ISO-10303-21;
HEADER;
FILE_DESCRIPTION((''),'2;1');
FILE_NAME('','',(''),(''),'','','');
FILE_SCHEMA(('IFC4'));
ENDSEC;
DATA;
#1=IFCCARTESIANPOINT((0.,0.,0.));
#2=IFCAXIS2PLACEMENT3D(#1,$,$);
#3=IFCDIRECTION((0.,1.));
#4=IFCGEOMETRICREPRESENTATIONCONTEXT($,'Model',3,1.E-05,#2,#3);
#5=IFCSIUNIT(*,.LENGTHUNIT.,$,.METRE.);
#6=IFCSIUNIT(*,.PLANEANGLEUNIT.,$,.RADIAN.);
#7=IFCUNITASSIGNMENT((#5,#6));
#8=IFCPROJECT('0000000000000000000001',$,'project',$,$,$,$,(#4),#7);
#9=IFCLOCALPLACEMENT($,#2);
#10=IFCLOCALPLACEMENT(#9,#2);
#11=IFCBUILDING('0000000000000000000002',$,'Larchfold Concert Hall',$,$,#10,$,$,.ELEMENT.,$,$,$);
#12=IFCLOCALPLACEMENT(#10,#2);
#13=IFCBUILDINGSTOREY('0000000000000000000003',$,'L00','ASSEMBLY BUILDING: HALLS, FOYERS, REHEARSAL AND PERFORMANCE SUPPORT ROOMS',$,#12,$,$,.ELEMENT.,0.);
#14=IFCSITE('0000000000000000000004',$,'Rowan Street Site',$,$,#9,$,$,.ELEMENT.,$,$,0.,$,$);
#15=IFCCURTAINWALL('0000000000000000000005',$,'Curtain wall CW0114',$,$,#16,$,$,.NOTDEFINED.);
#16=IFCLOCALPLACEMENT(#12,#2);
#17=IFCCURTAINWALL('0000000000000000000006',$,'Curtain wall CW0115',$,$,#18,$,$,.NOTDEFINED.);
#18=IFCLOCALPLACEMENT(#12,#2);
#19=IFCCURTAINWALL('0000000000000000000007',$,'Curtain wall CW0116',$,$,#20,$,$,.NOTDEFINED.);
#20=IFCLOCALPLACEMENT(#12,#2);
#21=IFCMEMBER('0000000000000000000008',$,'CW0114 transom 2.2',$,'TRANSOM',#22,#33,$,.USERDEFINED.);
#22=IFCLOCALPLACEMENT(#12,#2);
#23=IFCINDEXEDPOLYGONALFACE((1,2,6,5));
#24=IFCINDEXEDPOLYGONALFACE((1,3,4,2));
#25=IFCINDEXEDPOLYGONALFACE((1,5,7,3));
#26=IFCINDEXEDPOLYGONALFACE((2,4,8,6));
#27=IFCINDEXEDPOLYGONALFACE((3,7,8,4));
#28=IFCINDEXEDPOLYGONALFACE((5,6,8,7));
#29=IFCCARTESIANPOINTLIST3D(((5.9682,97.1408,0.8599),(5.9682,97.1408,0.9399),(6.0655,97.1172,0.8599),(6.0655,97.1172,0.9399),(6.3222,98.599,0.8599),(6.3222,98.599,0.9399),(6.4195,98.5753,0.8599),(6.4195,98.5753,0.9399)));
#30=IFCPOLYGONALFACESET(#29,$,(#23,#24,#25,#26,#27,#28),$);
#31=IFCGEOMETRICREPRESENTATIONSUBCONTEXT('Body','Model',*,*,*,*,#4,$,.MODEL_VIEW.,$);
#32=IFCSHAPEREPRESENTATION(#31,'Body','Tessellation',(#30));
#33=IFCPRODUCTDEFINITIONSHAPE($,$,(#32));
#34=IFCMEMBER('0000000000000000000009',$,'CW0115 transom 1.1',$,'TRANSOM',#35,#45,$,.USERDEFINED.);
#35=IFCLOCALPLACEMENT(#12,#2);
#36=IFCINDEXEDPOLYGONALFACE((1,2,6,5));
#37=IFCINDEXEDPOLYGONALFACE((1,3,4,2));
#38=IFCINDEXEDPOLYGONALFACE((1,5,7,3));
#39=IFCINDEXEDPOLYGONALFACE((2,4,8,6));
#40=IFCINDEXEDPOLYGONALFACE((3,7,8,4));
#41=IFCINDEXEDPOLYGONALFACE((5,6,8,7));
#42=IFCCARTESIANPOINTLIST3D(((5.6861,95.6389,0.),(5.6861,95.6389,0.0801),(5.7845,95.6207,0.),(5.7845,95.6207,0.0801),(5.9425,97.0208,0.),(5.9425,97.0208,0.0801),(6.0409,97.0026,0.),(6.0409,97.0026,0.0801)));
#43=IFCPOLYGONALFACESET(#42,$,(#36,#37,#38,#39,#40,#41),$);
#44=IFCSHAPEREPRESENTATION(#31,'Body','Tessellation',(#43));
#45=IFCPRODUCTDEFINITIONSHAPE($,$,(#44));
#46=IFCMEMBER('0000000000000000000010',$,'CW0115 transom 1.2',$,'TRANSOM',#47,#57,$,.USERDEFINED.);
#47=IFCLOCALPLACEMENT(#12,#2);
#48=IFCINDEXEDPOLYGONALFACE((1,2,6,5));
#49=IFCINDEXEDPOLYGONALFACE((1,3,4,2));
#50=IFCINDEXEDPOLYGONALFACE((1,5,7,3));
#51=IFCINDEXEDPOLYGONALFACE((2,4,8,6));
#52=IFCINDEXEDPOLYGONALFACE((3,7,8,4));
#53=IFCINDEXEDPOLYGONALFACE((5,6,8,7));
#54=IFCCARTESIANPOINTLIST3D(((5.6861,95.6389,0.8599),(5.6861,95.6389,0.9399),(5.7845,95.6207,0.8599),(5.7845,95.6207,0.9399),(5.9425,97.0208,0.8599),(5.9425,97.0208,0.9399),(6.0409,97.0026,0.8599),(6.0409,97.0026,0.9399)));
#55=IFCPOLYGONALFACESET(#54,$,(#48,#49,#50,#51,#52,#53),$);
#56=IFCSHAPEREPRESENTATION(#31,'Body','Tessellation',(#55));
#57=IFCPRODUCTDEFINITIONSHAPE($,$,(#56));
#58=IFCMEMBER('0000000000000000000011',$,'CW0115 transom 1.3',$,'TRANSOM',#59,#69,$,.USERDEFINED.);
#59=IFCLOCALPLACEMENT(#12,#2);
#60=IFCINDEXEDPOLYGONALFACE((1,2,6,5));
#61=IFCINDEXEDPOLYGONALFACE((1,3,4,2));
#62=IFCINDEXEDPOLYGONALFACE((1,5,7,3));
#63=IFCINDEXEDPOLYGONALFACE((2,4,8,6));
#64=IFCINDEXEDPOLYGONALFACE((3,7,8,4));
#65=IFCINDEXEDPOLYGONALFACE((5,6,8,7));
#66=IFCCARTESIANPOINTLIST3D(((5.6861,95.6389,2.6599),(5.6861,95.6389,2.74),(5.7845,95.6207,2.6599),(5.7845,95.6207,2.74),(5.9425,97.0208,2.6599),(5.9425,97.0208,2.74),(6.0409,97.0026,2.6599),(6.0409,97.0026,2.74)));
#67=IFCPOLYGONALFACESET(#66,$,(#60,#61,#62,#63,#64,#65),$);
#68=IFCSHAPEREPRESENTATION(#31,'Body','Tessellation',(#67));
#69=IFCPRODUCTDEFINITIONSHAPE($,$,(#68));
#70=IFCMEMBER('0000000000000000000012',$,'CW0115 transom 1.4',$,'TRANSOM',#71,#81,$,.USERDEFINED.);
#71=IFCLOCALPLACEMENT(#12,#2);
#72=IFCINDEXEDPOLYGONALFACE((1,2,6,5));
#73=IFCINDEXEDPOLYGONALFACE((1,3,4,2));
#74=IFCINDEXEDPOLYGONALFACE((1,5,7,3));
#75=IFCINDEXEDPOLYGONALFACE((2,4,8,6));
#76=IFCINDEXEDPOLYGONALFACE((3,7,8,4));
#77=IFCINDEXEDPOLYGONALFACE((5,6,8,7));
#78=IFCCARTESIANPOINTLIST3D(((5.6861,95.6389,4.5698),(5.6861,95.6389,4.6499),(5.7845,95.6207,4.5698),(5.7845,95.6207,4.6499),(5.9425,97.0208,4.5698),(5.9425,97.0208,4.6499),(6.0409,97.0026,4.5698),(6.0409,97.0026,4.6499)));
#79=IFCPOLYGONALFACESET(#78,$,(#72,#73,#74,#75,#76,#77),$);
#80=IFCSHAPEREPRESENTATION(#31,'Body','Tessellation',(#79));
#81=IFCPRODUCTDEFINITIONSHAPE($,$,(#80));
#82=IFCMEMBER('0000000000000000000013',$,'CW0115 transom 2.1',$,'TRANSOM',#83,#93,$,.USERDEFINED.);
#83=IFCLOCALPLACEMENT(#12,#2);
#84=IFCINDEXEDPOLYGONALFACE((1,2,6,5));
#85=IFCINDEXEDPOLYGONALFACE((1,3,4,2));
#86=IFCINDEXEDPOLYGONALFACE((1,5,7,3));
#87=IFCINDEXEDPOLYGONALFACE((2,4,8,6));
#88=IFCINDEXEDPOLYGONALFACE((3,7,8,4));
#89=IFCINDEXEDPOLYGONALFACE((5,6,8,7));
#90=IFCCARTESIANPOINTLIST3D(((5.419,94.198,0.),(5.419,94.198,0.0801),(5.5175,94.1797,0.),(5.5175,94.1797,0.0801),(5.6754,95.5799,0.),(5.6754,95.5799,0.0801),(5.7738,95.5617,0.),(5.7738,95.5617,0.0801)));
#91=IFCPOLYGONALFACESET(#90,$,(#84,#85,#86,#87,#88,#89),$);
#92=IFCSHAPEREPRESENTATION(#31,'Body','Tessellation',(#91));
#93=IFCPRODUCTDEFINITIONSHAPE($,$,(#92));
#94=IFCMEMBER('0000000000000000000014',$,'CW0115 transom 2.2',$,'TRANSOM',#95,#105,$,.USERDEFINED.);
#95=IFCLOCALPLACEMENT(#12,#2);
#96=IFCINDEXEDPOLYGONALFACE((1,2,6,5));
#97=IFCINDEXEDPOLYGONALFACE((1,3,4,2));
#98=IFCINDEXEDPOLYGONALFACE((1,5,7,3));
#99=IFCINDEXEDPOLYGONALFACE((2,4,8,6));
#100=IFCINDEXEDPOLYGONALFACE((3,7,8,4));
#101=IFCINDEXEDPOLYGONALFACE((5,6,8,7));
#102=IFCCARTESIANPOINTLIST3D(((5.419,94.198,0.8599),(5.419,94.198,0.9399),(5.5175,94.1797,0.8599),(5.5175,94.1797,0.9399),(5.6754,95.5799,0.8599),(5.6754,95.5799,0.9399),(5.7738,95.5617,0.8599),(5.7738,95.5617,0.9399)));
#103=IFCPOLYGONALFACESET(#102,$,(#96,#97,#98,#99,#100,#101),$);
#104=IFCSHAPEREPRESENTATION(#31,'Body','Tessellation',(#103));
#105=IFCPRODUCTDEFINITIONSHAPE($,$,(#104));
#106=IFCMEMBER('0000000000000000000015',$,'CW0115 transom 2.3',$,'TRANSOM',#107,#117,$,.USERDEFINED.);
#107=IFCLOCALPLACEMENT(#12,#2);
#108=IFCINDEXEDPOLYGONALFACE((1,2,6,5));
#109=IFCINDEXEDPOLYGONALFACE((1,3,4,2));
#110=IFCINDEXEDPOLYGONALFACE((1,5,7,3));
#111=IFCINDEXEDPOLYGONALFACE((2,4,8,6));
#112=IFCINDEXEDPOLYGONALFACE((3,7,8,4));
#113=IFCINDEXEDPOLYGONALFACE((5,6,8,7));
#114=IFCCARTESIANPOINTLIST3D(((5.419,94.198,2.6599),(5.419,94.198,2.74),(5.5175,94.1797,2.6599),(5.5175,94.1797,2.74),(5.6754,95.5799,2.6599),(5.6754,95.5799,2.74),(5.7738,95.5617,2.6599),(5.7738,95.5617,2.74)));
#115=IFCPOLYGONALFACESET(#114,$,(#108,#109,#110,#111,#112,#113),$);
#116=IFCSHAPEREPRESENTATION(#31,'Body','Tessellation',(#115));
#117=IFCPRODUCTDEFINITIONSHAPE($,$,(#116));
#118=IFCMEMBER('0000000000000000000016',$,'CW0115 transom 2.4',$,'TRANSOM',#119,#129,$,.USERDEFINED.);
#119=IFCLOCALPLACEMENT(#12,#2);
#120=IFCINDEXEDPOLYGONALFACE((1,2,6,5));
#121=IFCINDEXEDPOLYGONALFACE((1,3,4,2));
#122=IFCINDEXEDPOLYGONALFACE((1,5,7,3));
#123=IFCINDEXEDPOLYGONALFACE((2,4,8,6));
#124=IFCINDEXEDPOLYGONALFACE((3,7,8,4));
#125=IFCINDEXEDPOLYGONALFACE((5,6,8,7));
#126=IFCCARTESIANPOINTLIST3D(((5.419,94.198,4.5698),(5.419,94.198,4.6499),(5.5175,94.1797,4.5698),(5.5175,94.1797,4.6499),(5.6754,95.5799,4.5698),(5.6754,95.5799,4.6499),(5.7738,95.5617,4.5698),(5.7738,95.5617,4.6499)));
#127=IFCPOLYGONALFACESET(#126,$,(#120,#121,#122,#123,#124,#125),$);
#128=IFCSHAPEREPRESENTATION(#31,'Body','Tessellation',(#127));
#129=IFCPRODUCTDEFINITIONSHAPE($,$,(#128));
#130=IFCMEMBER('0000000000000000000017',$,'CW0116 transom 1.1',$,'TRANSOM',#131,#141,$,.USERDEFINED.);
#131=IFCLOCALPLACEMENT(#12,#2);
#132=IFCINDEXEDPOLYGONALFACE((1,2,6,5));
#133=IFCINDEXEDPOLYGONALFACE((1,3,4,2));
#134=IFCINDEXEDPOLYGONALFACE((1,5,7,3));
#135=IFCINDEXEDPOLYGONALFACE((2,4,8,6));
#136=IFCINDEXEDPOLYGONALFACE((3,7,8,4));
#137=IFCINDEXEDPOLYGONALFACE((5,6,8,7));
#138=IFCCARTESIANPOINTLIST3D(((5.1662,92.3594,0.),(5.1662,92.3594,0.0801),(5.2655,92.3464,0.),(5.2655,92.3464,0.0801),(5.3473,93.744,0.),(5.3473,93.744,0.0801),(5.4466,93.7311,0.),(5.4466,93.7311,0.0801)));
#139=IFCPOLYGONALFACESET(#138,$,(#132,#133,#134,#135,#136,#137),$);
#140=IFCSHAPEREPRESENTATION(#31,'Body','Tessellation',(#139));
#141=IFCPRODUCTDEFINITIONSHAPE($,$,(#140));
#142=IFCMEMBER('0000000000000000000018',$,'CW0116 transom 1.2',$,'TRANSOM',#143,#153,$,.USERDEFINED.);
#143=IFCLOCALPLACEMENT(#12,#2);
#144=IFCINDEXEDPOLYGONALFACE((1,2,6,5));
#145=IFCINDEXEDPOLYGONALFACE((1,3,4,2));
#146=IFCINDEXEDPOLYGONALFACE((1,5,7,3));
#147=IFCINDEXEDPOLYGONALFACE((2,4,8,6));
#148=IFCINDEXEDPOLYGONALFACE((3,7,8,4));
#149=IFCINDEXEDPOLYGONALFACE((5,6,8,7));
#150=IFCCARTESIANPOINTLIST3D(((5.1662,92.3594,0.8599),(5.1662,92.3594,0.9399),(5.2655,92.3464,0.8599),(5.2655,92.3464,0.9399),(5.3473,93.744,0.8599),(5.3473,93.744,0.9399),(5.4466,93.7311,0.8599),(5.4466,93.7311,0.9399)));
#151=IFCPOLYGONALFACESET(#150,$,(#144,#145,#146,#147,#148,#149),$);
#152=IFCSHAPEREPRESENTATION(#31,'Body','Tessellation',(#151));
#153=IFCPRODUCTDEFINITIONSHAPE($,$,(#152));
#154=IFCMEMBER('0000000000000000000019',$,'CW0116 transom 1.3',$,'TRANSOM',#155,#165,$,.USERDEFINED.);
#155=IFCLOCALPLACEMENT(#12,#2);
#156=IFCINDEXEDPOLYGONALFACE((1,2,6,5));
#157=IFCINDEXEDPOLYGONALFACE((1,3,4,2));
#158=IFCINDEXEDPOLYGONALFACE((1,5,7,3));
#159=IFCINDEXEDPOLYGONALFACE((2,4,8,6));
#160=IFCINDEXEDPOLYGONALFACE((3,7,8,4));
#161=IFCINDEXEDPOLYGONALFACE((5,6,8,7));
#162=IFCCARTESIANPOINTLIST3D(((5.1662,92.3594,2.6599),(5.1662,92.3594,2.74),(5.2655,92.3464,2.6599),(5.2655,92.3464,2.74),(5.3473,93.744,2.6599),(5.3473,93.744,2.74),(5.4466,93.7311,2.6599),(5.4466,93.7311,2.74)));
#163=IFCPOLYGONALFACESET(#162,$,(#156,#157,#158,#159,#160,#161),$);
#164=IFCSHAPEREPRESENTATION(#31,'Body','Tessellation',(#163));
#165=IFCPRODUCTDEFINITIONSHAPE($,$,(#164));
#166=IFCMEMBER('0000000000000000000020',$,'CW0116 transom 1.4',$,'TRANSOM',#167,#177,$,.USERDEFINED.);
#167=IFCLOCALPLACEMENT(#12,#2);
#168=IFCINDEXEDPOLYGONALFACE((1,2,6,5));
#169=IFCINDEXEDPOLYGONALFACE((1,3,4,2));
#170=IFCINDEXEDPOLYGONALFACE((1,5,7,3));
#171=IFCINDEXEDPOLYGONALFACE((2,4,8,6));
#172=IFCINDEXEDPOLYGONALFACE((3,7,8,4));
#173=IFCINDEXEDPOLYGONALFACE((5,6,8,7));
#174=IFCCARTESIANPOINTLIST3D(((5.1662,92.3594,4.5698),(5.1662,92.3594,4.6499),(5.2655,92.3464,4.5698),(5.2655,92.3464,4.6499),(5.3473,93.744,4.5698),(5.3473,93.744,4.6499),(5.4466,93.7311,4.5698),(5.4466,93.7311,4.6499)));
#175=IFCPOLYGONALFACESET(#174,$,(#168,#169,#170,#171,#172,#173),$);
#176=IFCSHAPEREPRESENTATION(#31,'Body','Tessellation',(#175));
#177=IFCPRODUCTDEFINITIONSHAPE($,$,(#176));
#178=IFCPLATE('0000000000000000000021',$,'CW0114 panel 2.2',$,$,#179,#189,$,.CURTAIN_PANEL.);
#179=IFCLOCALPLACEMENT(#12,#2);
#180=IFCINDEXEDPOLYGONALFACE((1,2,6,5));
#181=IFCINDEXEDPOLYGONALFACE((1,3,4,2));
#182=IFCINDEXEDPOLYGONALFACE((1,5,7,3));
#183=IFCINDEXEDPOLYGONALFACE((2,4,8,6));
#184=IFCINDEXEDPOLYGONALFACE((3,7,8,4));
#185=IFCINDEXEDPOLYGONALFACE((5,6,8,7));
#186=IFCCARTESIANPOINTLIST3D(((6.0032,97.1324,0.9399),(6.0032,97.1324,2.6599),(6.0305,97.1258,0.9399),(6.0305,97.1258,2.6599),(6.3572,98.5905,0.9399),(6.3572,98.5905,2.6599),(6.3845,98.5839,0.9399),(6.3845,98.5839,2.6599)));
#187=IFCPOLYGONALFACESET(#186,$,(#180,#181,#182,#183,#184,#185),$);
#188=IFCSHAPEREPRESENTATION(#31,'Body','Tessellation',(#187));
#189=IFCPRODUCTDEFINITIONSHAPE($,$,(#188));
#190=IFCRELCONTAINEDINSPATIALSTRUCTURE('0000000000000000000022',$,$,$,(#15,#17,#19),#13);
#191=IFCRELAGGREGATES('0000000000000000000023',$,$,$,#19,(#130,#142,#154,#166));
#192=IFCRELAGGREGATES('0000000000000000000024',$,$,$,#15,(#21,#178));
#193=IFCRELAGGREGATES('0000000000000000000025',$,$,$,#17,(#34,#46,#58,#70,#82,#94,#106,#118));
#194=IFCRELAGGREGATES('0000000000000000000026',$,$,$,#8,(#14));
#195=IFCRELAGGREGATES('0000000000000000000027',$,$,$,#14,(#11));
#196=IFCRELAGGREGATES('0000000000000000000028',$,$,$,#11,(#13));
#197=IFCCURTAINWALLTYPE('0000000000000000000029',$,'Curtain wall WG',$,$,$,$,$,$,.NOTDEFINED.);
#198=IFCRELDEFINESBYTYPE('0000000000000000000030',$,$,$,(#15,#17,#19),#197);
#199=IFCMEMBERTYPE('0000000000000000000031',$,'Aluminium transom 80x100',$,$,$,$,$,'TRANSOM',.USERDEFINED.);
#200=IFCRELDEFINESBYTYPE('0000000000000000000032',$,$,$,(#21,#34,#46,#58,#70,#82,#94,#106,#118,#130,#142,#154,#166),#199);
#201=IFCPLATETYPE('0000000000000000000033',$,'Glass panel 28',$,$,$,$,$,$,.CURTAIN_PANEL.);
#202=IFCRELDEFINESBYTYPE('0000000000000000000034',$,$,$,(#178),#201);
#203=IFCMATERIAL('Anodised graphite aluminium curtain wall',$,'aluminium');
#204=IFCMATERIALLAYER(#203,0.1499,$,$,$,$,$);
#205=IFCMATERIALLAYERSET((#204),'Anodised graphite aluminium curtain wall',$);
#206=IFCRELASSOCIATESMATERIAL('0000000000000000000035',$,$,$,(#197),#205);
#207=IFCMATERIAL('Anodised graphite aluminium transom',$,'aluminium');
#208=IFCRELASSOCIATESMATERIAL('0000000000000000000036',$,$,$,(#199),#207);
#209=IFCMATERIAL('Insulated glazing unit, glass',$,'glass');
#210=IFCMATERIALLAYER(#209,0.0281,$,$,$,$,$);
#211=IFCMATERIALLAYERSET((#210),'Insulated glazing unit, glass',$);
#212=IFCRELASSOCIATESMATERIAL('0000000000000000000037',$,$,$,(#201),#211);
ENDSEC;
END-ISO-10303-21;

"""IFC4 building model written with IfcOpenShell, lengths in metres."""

from ifc_helpers import new_model, si_unit, direction, frame, origin, origin_2d, place, context, subcontext, project, spatial, rectangle, extrude, material, layer, layer_set, material_profile, profile_set, type_object, element, aggregate, save


model = new_model("IFC4")

# Units and contexts
model_context = context("Model", 3, precision=1e-05, world=origin(), true_north=direction((0.0, 1.0)))
body_context = subcontext(model_context, "Body", "Model", "MODEL_VIEW")
ifc_project = project(units=[si_unit("LENGTHUNIT", "METRE"), si_unit("PLANEANGLEUNIT", "RADIAN")], contexts=[model_context])

# Site, building, storey
site_placement = place(None, origin())
site = spatial("IfcSite", under=ifc_project, at=site_placement, Name="Rowan Street Site", CompositionType="ELEMENT", RefElevation=0.0)
building_placement = place(site_placement, origin())
building = spatial("IfcBuilding", under=site, at=building_placement, Name="Larchfold Concert Hall", CompositionType="ELEMENT")
storey_placement = place(building_placement, origin())
storey = spatial("IfcBuildingStorey", under=building, at=storey_placement, Name="L00", Description="ASSEMBLY BUILDING: HALLS, FOYERS, REHEARSAL AND PERFORMANCE SUPPORT ROOMS", CompositionType="ELEMENT", Elevation=0.0)

# Curtain wall
ifc_material_1 = material(Name="Anodised graphite aluminium curtain wall", Category="aluminium")
ifc_layer_1 = layer(ifc_material_1, 0.1499)
ifc_layer_set_1 = layer_set([ifc_layer_1], Name="Anodised graphite aluminium curtain wall")
curtain_wall_type = type_object("IfcCurtainWallType", Name="Curtain wall WG", PredefinedType="NOTDEFINED", material=ifc_layer_set_1)
curtain_wall_1_placement = place(storey_placement, origin())
curtain_wall_1 = element("IfcCurtainWall", 1, at=curtain_wall_1_placement, inside=storey, type_object=curtain_wall_type, Name="Curtain wall CW0114", PredefinedType="NOTDEFINED")

# Curtain wall
curtain_wall_2_placement = place(storey_placement, origin())
curtain_wall_2 = element("IfcCurtainWall", 2, at=curtain_wall_2_placement, inside=storey, type_object=curtain_wall_type, Name="Curtain wall CW0115", PredefinedType="NOTDEFINED")

# Curtain wall
curtain_wall_3_placement = place(storey_placement, origin())
curtain_wall_3 = element("IfcCurtainWall", 3, at=curtain_wall_3_placement, inside=storey, type_object=curtain_wall_type, Name="Curtain wall CW0116", PredefinedType="NOTDEFINED")

# Members
ifc_material_2 = material(Name="Anodised graphite aluminium transom", Category="aluminium")
ifc_material_profile_1 = material_profile(ifc_material_2, rectangle(XDim=0.1001, YDim=0.0801, at=origin_2d()))
ifc_profile_set_1 = profile_set([ifc_material_profile_1], Name="Anodised graphite aluminium transom")
member_type_1 = type_object("IfcMemberType", Name="Aluminium transom 80x100", ElementType="TRANSOM", PredefinedType="USERDEFINED", material=ifc_profile_set_1)
member_1_placement = place(storey_placement, frame((6.3708, 98.5872, 0.8999), z_axis=(-0.235945, -0.971766, 0.0), x_axis=(0.971766, -0.235945, 0.0)))
member_1 = element("IfcMember", 4, at=member_1_placement, type_object=member_type_1, Name="CW0114 transom 2.2", ObjectType="TRANSOM", PredefinedType="USERDEFINED", context=body_context, shape_type="SweptSolid", body=[
    extrude(rectangle(XDim=0.1001, YDim=0.0801, at=origin_2d()), origin(), (0.0, 0.0, 1.0), 1.5005),
])
member_2_placement = place(storey_placement, frame((5.9917, 97.0117, 0.04), z_axis=(-0.1824, -0.983224, 0.0), x_axis=(0.983224, -0.1824, 0.0)))
member_2 = element("IfcMember", 5, at=member_2_placement, type_object=member_type_1, Name="CW0115 transom 1.1", ObjectType="TRANSOM", PredefinedType="USERDEFINED", context=body_context, shape_type="SweptSolid", body=[
    extrude(rectangle(XDim=0.1001, YDim=0.0801, at=origin_2d()), origin(), (0.0, 0.0, 1.0), 1.4055),
])
member_3_placement = place(storey_placement, frame((5.9917, 97.0117, 0.8999), z_axis=(-0.1824, -0.983224, 0.0), x_axis=(0.983224, -0.1824, 0.0)))
member_3 = element("IfcMember", 6, at=member_3_placement, type_object=member_type_1, Name="CW0115 transom 1.2", ObjectType="TRANSOM", PredefinedType="USERDEFINED", context=body_context, shape_type="SweptSolid", body=[
    extrude(rectangle(XDim=0.1001, YDim=0.0801, at=origin_2d()), origin(), (0.0, 0.0, 1.0), 1.4055),
])
member_4_placement = place(storey_placement, frame((5.9917, 97.0117, 2.7), z_axis=(-0.1824, -0.983224, 0.0), x_axis=(0.983224, -0.1824, 0.0)))
member_4 = element("IfcMember", 7, at=member_4_placement, type_object=member_type_1, Name="CW0115 transom 1.3", ObjectType="TRANSOM", PredefinedType="USERDEFINED", context=body_context, shape_type="SweptSolid", body=[
    extrude(rectangle(XDim=0.1001, YDim=0.0801, at=origin_2d()), origin(), (0.0, 0.0, 1.0), 1.4055),
])
member_5_placement = place(storey_placement, frame((5.9917, 97.0117, 4.6099), z_axis=(-0.1824, -0.983224, 0.0), x_axis=(0.983224, -0.1824, 0.0)))
member_5 = element("IfcMember", 8, at=member_5_placement, type_object=member_type_1, Name="CW0115 transom 1.4", ObjectType="TRANSOM", PredefinedType="USERDEFINED", context=body_context, shape_type="SweptSolid", body=[
    extrude(rectangle(XDim=0.1001, YDim=0.0801, at=origin_2d()), origin(), (0.0, 0.0, 1.0), 1.4055),
])
member_6_placement = place(storey_placement, frame((5.7246, 95.5708, 0.04), z_axis=(-0.1824, -0.983224, 0.0), x_axis=(0.983224, -0.1824, 0.0)))
member_6 = element("IfcMember", 9, at=member_6_placement, type_object=member_type_1, Name="CW0115 transom 2.1", ObjectType="TRANSOM", PredefinedType="USERDEFINED", context=body_context, shape_type="SweptSolid", body=[
    extrude(rectangle(XDim=0.1001, YDim=0.0801, at=origin_2d()), origin(), (0.0, 0.0, 1.0), 1.4055),
])
member_7_placement = place(storey_placement, frame((5.7246, 95.5708, 0.8999), z_axis=(-0.1824, -0.983224, 0.0), x_axis=(0.983224, -0.1824, 0.0)))
member_7 = element("IfcMember", 10, at=member_7_placement, type_object=member_type_1, Name="CW0115 transom 2.2", ObjectType="TRANSOM", PredefinedType="USERDEFINED", context=body_context, shape_type="SweptSolid", body=[
    extrude(rectangle(XDim=0.1001, YDim=0.0801, at=origin_2d()), origin(), (0.0, 0.0, 1.0), 1.4055),
])
member_8_placement = place(storey_placement, frame((5.7246, 95.5708, 2.7), z_axis=(-0.1824, -0.983224, 0.0), x_axis=(0.983224, -0.1824, 0.0)))
member_8 = element("IfcMember", 11, at=member_8_placement, type_object=member_type_1, Name="CW0115 transom 2.3", ObjectType="TRANSOM", PredefinedType="USERDEFINED", context=body_context, shape_type="SweptSolid", body=[
    extrude(rectangle(XDim=0.1001, YDim=0.0801, at=origin_2d()), origin(), (0.0, 0.0, 1.0), 1.4055),
])
member_9_placement = place(storey_placement, frame((5.7246, 95.5708, 4.6099), z_axis=(-0.1824, -0.983224, 0.0), x_axis=(0.983224, -0.1824, 0.0)))
member_9 = element("IfcMember", 12, at=member_9_placement, type_object=member_type_1, Name="CW0115 transom 2.4", ObjectType="TRANSOM", PredefinedType="USERDEFINED", context=body_context, shape_type="SweptSolid", body=[
    extrude(rectangle(XDim=0.1001, YDim=0.0801, at=origin_2d()), origin(), (0.0, 0.0, 1.0), 1.4055),
])
member_10_placement = place(storey_placement, frame((5.397, 93.7375, 0.04), z_axis=(-0.129713, -0.991552, 0.0), x_axis=(0.991552, -0.129713, 0.0)))
member_10 = element("IfcMember", 13, at=member_10_placement, type_object=member_type_1, Name="CW0116 transom 1.1", ObjectType="TRANSOM", PredefinedType="USERDEFINED", context=body_context, shape_type="SweptSolid", body=[
    extrude(rectangle(XDim=0.1001, YDim=0.0801, at=origin_2d()), origin(), (0.0, 0.0, 1.0), 1.3965),
])
member_11_placement = place(storey_placement, frame((5.397, 93.7375, 0.8999), z_axis=(-0.129713, -0.991552, 0.0), x_axis=(0.991552, -0.129713, 0.0)))
member_11 = element("IfcMember", 14, at=member_11_placement, type_object=member_type_1, Name="CW0116 transom 1.2", ObjectType="TRANSOM", PredefinedType="USERDEFINED", context=body_context, shape_type="SweptSolid", body=[
    extrude(rectangle(XDim=0.1001, YDim=0.0801, at=origin_2d()), origin(), (0.0, 0.0, 1.0), 1.3965),
])
member_12_placement = place(storey_placement, frame((5.397, 93.7375, 2.7), z_axis=(-0.129713, -0.991552, 0.0), x_axis=(0.991552, -0.129713, 0.0)))
member_12 = element("IfcMember", 15, at=member_12_placement, type_object=member_type_1, Name="CW0116 transom 1.3", ObjectType="TRANSOM", PredefinedType="USERDEFINED", context=body_context, shape_type="SweptSolid", body=[
    extrude(rectangle(XDim=0.1001, YDim=0.0801, at=origin_2d()), origin(), (0.0, 0.0, 1.0), 1.3965),
])
member_13_placement = place(storey_placement, frame((5.397, 93.7375, 4.6099), z_axis=(-0.129713, -0.991552, 0.0), x_axis=(0.991552, -0.129713, 0.0)))
member_13 = element("IfcMember", 16, at=member_13_placement, type_object=member_type_1, Name="CW0116 transom 1.4", ObjectType="TRANSOM", PredefinedType="USERDEFINED", context=body_context, shape_type="SweptSolid", body=[
    extrude(rectangle(XDim=0.1001, YDim=0.0801, at=origin_2d()), origin(), (0.0, 0.0, 1.0), 1.3965),
])

# Plate
ifc_material_3 = material(Name="Insulated glazing unit, glass", Category="glass")
ifc_layer_2 = layer(ifc_material_3, 0.0281)
ifc_layer_set_2 = layer_set([ifc_layer_2], Name="Insulated glazing unit, glass")
plate_type_1 = type_object("IfcPlateType", Name="Glass panel 28", PredefinedType="CURTAIN_PANEL", material=ifc_layer_set_2)
plate_1_placement = place(storey_placement, frame((6.1938, 97.8582, 0.9399), z_axis=(0.0, 0.0, 1.0), x_axis=(-0.235938, -0.971768, 0.0)))
plate_1 = element("IfcPlate", 17, at=plate_1_placement, type_object=plate_type_1, Name="CW0114 panel 2.2", PredefinedType="CURTAIN_PANEL", context=body_context, shape_type="SweptSolid", body=[
    extrude(rectangle(XDim=1.5005, YDim=0.0281, at=origin_2d()), origin(), (0.0, 0.0, 1.0), 1.72),
])
aggregate(curtain_wall_3, [member_10, member_11, member_12, member_13])
aggregate(curtain_wall_1, [member_1, plate_1])
aggregate(curtain_wall_2, [member_2, member_3, member_4, member_5, member_6, member_7, member_8, member_9])

save(model, "model.ifc")
